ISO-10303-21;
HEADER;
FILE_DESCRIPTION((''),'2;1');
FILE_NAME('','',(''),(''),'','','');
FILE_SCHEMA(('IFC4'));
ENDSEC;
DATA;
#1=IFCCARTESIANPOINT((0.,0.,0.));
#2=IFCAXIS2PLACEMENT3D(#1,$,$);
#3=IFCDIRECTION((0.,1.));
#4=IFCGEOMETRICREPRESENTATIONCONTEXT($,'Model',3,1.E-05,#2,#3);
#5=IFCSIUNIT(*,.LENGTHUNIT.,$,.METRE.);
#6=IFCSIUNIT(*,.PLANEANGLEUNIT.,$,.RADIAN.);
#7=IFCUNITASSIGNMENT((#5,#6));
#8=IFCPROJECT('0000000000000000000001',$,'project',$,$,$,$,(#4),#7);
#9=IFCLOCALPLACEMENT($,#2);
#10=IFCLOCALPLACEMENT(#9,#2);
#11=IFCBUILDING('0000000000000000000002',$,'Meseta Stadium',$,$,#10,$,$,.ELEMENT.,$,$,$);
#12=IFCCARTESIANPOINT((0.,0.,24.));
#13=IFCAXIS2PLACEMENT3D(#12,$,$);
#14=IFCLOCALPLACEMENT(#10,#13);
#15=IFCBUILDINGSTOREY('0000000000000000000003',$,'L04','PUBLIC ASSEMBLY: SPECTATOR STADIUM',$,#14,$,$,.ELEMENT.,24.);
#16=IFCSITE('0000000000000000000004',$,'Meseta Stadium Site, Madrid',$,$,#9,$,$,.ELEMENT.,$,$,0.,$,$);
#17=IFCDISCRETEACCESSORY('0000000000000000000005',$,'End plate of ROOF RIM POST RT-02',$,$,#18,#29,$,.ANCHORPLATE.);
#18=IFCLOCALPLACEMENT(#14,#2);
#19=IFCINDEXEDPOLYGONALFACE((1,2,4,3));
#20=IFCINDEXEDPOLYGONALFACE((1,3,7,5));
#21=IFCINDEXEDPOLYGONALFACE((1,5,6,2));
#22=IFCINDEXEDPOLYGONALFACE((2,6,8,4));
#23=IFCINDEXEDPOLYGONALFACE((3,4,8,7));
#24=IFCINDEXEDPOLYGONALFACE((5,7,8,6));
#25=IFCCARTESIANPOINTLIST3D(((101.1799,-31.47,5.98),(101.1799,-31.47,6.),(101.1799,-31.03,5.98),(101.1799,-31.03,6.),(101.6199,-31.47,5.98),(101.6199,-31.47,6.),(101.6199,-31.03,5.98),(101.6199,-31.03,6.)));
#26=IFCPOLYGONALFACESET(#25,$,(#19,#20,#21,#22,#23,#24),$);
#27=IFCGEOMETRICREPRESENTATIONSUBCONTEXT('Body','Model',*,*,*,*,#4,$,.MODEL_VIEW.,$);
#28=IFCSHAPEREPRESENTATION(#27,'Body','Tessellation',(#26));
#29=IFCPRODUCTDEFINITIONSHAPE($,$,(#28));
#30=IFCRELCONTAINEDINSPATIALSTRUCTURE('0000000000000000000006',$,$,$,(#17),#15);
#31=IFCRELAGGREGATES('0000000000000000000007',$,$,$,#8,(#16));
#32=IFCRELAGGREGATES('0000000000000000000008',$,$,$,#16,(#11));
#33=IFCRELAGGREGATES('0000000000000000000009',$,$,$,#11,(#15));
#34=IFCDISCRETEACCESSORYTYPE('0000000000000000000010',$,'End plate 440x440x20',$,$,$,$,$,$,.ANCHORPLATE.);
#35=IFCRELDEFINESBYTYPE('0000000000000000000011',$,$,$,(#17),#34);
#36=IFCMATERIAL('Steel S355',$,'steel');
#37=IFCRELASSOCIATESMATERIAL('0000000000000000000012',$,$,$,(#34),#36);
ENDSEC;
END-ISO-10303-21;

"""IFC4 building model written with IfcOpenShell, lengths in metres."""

from ifc_helpers import new_model, si_unit, direction, frame, origin, origin_2d, place, context, subcontext, project, spatial, rectangle, extrude, material, material_profile, profile_set, type_object, element, save


model = new_model("IFC4")

# Units and contexts
model_context = context("Model", 3, precision=1e-05, world=origin(), true_north=direction((0.0, 1.0)))
body_context = subcontext(model_context, "Body", "Model", "MODEL_VIEW")
ifc_project = project(units=[si_unit("LENGTHUNIT", "METRE"), si_unit("PLANEANGLEUNIT", "RADIAN")], contexts=[model_context])

# Site, building, storey
site_placement = place(None, origin())
site = spatial("IfcSite", under=ifc_project, at=site_placement, Name="Meseta Stadium Site, Madrid", CompositionType="ELEMENT", RefElevation=0.0)
building_placement = place(site_placement, origin())
building = spatial("IfcBuilding", under=site, at=building_placement, Name="Meseta Stadium", CompositionType="ELEMENT")
storey_placement = place(building_placement, frame((0.0, 0.0, 24.0)))
storey = spatial("IfcBuildingStorey", under=building, at=storey_placement, Name="L04", Description="PUBLIC ASSEMBLY: SPECTATOR STADIUM", CompositionType="ELEMENT", Elevation=24.0)

# Discrete accessory
ifc_material_1 = material(Name="Steel S355", Category="steel")
ifc_material_profile_1 = material_profile(ifc_material_1, rectangle(XDim=0.4399, YDim=0.4399, at=origin_2d()), Name="PL 440x440")
ifc_profile_set_1 = profile_set([ifc_material_profile_1], Name="Steel S355")
discrete_accessory_type = type_object("IfcDiscreteAccessoryType", Name="End plate 440x440x20", PredefinedType="ANCHORPLATE", material=ifc_profile_set_1)
discrete_accessory_placement = place(storey_placement, frame((101.3999, -31.25, 5.98), z_axis=(0.0, 0.0, 1.0), x_axis=(1.0, 0.0, 0.0)))
element("IfcDiscreteAccessory", 1, at=discrete_accessory_placement, inside=storey, type_object=discrete_accessory_type, Name="End plate of ROOF RIM POST RT-02", PredefinedType="ANCHORPLATE", context=body_context, shape_type="SweptSolid", body=[
    extrude(rectangle(XDim=0.4399, YDim=0.4399, at=origin_2d()), origin(), (0.0, 0.0, 1.0), 0.02),
])

save(model, "model.ifc")
